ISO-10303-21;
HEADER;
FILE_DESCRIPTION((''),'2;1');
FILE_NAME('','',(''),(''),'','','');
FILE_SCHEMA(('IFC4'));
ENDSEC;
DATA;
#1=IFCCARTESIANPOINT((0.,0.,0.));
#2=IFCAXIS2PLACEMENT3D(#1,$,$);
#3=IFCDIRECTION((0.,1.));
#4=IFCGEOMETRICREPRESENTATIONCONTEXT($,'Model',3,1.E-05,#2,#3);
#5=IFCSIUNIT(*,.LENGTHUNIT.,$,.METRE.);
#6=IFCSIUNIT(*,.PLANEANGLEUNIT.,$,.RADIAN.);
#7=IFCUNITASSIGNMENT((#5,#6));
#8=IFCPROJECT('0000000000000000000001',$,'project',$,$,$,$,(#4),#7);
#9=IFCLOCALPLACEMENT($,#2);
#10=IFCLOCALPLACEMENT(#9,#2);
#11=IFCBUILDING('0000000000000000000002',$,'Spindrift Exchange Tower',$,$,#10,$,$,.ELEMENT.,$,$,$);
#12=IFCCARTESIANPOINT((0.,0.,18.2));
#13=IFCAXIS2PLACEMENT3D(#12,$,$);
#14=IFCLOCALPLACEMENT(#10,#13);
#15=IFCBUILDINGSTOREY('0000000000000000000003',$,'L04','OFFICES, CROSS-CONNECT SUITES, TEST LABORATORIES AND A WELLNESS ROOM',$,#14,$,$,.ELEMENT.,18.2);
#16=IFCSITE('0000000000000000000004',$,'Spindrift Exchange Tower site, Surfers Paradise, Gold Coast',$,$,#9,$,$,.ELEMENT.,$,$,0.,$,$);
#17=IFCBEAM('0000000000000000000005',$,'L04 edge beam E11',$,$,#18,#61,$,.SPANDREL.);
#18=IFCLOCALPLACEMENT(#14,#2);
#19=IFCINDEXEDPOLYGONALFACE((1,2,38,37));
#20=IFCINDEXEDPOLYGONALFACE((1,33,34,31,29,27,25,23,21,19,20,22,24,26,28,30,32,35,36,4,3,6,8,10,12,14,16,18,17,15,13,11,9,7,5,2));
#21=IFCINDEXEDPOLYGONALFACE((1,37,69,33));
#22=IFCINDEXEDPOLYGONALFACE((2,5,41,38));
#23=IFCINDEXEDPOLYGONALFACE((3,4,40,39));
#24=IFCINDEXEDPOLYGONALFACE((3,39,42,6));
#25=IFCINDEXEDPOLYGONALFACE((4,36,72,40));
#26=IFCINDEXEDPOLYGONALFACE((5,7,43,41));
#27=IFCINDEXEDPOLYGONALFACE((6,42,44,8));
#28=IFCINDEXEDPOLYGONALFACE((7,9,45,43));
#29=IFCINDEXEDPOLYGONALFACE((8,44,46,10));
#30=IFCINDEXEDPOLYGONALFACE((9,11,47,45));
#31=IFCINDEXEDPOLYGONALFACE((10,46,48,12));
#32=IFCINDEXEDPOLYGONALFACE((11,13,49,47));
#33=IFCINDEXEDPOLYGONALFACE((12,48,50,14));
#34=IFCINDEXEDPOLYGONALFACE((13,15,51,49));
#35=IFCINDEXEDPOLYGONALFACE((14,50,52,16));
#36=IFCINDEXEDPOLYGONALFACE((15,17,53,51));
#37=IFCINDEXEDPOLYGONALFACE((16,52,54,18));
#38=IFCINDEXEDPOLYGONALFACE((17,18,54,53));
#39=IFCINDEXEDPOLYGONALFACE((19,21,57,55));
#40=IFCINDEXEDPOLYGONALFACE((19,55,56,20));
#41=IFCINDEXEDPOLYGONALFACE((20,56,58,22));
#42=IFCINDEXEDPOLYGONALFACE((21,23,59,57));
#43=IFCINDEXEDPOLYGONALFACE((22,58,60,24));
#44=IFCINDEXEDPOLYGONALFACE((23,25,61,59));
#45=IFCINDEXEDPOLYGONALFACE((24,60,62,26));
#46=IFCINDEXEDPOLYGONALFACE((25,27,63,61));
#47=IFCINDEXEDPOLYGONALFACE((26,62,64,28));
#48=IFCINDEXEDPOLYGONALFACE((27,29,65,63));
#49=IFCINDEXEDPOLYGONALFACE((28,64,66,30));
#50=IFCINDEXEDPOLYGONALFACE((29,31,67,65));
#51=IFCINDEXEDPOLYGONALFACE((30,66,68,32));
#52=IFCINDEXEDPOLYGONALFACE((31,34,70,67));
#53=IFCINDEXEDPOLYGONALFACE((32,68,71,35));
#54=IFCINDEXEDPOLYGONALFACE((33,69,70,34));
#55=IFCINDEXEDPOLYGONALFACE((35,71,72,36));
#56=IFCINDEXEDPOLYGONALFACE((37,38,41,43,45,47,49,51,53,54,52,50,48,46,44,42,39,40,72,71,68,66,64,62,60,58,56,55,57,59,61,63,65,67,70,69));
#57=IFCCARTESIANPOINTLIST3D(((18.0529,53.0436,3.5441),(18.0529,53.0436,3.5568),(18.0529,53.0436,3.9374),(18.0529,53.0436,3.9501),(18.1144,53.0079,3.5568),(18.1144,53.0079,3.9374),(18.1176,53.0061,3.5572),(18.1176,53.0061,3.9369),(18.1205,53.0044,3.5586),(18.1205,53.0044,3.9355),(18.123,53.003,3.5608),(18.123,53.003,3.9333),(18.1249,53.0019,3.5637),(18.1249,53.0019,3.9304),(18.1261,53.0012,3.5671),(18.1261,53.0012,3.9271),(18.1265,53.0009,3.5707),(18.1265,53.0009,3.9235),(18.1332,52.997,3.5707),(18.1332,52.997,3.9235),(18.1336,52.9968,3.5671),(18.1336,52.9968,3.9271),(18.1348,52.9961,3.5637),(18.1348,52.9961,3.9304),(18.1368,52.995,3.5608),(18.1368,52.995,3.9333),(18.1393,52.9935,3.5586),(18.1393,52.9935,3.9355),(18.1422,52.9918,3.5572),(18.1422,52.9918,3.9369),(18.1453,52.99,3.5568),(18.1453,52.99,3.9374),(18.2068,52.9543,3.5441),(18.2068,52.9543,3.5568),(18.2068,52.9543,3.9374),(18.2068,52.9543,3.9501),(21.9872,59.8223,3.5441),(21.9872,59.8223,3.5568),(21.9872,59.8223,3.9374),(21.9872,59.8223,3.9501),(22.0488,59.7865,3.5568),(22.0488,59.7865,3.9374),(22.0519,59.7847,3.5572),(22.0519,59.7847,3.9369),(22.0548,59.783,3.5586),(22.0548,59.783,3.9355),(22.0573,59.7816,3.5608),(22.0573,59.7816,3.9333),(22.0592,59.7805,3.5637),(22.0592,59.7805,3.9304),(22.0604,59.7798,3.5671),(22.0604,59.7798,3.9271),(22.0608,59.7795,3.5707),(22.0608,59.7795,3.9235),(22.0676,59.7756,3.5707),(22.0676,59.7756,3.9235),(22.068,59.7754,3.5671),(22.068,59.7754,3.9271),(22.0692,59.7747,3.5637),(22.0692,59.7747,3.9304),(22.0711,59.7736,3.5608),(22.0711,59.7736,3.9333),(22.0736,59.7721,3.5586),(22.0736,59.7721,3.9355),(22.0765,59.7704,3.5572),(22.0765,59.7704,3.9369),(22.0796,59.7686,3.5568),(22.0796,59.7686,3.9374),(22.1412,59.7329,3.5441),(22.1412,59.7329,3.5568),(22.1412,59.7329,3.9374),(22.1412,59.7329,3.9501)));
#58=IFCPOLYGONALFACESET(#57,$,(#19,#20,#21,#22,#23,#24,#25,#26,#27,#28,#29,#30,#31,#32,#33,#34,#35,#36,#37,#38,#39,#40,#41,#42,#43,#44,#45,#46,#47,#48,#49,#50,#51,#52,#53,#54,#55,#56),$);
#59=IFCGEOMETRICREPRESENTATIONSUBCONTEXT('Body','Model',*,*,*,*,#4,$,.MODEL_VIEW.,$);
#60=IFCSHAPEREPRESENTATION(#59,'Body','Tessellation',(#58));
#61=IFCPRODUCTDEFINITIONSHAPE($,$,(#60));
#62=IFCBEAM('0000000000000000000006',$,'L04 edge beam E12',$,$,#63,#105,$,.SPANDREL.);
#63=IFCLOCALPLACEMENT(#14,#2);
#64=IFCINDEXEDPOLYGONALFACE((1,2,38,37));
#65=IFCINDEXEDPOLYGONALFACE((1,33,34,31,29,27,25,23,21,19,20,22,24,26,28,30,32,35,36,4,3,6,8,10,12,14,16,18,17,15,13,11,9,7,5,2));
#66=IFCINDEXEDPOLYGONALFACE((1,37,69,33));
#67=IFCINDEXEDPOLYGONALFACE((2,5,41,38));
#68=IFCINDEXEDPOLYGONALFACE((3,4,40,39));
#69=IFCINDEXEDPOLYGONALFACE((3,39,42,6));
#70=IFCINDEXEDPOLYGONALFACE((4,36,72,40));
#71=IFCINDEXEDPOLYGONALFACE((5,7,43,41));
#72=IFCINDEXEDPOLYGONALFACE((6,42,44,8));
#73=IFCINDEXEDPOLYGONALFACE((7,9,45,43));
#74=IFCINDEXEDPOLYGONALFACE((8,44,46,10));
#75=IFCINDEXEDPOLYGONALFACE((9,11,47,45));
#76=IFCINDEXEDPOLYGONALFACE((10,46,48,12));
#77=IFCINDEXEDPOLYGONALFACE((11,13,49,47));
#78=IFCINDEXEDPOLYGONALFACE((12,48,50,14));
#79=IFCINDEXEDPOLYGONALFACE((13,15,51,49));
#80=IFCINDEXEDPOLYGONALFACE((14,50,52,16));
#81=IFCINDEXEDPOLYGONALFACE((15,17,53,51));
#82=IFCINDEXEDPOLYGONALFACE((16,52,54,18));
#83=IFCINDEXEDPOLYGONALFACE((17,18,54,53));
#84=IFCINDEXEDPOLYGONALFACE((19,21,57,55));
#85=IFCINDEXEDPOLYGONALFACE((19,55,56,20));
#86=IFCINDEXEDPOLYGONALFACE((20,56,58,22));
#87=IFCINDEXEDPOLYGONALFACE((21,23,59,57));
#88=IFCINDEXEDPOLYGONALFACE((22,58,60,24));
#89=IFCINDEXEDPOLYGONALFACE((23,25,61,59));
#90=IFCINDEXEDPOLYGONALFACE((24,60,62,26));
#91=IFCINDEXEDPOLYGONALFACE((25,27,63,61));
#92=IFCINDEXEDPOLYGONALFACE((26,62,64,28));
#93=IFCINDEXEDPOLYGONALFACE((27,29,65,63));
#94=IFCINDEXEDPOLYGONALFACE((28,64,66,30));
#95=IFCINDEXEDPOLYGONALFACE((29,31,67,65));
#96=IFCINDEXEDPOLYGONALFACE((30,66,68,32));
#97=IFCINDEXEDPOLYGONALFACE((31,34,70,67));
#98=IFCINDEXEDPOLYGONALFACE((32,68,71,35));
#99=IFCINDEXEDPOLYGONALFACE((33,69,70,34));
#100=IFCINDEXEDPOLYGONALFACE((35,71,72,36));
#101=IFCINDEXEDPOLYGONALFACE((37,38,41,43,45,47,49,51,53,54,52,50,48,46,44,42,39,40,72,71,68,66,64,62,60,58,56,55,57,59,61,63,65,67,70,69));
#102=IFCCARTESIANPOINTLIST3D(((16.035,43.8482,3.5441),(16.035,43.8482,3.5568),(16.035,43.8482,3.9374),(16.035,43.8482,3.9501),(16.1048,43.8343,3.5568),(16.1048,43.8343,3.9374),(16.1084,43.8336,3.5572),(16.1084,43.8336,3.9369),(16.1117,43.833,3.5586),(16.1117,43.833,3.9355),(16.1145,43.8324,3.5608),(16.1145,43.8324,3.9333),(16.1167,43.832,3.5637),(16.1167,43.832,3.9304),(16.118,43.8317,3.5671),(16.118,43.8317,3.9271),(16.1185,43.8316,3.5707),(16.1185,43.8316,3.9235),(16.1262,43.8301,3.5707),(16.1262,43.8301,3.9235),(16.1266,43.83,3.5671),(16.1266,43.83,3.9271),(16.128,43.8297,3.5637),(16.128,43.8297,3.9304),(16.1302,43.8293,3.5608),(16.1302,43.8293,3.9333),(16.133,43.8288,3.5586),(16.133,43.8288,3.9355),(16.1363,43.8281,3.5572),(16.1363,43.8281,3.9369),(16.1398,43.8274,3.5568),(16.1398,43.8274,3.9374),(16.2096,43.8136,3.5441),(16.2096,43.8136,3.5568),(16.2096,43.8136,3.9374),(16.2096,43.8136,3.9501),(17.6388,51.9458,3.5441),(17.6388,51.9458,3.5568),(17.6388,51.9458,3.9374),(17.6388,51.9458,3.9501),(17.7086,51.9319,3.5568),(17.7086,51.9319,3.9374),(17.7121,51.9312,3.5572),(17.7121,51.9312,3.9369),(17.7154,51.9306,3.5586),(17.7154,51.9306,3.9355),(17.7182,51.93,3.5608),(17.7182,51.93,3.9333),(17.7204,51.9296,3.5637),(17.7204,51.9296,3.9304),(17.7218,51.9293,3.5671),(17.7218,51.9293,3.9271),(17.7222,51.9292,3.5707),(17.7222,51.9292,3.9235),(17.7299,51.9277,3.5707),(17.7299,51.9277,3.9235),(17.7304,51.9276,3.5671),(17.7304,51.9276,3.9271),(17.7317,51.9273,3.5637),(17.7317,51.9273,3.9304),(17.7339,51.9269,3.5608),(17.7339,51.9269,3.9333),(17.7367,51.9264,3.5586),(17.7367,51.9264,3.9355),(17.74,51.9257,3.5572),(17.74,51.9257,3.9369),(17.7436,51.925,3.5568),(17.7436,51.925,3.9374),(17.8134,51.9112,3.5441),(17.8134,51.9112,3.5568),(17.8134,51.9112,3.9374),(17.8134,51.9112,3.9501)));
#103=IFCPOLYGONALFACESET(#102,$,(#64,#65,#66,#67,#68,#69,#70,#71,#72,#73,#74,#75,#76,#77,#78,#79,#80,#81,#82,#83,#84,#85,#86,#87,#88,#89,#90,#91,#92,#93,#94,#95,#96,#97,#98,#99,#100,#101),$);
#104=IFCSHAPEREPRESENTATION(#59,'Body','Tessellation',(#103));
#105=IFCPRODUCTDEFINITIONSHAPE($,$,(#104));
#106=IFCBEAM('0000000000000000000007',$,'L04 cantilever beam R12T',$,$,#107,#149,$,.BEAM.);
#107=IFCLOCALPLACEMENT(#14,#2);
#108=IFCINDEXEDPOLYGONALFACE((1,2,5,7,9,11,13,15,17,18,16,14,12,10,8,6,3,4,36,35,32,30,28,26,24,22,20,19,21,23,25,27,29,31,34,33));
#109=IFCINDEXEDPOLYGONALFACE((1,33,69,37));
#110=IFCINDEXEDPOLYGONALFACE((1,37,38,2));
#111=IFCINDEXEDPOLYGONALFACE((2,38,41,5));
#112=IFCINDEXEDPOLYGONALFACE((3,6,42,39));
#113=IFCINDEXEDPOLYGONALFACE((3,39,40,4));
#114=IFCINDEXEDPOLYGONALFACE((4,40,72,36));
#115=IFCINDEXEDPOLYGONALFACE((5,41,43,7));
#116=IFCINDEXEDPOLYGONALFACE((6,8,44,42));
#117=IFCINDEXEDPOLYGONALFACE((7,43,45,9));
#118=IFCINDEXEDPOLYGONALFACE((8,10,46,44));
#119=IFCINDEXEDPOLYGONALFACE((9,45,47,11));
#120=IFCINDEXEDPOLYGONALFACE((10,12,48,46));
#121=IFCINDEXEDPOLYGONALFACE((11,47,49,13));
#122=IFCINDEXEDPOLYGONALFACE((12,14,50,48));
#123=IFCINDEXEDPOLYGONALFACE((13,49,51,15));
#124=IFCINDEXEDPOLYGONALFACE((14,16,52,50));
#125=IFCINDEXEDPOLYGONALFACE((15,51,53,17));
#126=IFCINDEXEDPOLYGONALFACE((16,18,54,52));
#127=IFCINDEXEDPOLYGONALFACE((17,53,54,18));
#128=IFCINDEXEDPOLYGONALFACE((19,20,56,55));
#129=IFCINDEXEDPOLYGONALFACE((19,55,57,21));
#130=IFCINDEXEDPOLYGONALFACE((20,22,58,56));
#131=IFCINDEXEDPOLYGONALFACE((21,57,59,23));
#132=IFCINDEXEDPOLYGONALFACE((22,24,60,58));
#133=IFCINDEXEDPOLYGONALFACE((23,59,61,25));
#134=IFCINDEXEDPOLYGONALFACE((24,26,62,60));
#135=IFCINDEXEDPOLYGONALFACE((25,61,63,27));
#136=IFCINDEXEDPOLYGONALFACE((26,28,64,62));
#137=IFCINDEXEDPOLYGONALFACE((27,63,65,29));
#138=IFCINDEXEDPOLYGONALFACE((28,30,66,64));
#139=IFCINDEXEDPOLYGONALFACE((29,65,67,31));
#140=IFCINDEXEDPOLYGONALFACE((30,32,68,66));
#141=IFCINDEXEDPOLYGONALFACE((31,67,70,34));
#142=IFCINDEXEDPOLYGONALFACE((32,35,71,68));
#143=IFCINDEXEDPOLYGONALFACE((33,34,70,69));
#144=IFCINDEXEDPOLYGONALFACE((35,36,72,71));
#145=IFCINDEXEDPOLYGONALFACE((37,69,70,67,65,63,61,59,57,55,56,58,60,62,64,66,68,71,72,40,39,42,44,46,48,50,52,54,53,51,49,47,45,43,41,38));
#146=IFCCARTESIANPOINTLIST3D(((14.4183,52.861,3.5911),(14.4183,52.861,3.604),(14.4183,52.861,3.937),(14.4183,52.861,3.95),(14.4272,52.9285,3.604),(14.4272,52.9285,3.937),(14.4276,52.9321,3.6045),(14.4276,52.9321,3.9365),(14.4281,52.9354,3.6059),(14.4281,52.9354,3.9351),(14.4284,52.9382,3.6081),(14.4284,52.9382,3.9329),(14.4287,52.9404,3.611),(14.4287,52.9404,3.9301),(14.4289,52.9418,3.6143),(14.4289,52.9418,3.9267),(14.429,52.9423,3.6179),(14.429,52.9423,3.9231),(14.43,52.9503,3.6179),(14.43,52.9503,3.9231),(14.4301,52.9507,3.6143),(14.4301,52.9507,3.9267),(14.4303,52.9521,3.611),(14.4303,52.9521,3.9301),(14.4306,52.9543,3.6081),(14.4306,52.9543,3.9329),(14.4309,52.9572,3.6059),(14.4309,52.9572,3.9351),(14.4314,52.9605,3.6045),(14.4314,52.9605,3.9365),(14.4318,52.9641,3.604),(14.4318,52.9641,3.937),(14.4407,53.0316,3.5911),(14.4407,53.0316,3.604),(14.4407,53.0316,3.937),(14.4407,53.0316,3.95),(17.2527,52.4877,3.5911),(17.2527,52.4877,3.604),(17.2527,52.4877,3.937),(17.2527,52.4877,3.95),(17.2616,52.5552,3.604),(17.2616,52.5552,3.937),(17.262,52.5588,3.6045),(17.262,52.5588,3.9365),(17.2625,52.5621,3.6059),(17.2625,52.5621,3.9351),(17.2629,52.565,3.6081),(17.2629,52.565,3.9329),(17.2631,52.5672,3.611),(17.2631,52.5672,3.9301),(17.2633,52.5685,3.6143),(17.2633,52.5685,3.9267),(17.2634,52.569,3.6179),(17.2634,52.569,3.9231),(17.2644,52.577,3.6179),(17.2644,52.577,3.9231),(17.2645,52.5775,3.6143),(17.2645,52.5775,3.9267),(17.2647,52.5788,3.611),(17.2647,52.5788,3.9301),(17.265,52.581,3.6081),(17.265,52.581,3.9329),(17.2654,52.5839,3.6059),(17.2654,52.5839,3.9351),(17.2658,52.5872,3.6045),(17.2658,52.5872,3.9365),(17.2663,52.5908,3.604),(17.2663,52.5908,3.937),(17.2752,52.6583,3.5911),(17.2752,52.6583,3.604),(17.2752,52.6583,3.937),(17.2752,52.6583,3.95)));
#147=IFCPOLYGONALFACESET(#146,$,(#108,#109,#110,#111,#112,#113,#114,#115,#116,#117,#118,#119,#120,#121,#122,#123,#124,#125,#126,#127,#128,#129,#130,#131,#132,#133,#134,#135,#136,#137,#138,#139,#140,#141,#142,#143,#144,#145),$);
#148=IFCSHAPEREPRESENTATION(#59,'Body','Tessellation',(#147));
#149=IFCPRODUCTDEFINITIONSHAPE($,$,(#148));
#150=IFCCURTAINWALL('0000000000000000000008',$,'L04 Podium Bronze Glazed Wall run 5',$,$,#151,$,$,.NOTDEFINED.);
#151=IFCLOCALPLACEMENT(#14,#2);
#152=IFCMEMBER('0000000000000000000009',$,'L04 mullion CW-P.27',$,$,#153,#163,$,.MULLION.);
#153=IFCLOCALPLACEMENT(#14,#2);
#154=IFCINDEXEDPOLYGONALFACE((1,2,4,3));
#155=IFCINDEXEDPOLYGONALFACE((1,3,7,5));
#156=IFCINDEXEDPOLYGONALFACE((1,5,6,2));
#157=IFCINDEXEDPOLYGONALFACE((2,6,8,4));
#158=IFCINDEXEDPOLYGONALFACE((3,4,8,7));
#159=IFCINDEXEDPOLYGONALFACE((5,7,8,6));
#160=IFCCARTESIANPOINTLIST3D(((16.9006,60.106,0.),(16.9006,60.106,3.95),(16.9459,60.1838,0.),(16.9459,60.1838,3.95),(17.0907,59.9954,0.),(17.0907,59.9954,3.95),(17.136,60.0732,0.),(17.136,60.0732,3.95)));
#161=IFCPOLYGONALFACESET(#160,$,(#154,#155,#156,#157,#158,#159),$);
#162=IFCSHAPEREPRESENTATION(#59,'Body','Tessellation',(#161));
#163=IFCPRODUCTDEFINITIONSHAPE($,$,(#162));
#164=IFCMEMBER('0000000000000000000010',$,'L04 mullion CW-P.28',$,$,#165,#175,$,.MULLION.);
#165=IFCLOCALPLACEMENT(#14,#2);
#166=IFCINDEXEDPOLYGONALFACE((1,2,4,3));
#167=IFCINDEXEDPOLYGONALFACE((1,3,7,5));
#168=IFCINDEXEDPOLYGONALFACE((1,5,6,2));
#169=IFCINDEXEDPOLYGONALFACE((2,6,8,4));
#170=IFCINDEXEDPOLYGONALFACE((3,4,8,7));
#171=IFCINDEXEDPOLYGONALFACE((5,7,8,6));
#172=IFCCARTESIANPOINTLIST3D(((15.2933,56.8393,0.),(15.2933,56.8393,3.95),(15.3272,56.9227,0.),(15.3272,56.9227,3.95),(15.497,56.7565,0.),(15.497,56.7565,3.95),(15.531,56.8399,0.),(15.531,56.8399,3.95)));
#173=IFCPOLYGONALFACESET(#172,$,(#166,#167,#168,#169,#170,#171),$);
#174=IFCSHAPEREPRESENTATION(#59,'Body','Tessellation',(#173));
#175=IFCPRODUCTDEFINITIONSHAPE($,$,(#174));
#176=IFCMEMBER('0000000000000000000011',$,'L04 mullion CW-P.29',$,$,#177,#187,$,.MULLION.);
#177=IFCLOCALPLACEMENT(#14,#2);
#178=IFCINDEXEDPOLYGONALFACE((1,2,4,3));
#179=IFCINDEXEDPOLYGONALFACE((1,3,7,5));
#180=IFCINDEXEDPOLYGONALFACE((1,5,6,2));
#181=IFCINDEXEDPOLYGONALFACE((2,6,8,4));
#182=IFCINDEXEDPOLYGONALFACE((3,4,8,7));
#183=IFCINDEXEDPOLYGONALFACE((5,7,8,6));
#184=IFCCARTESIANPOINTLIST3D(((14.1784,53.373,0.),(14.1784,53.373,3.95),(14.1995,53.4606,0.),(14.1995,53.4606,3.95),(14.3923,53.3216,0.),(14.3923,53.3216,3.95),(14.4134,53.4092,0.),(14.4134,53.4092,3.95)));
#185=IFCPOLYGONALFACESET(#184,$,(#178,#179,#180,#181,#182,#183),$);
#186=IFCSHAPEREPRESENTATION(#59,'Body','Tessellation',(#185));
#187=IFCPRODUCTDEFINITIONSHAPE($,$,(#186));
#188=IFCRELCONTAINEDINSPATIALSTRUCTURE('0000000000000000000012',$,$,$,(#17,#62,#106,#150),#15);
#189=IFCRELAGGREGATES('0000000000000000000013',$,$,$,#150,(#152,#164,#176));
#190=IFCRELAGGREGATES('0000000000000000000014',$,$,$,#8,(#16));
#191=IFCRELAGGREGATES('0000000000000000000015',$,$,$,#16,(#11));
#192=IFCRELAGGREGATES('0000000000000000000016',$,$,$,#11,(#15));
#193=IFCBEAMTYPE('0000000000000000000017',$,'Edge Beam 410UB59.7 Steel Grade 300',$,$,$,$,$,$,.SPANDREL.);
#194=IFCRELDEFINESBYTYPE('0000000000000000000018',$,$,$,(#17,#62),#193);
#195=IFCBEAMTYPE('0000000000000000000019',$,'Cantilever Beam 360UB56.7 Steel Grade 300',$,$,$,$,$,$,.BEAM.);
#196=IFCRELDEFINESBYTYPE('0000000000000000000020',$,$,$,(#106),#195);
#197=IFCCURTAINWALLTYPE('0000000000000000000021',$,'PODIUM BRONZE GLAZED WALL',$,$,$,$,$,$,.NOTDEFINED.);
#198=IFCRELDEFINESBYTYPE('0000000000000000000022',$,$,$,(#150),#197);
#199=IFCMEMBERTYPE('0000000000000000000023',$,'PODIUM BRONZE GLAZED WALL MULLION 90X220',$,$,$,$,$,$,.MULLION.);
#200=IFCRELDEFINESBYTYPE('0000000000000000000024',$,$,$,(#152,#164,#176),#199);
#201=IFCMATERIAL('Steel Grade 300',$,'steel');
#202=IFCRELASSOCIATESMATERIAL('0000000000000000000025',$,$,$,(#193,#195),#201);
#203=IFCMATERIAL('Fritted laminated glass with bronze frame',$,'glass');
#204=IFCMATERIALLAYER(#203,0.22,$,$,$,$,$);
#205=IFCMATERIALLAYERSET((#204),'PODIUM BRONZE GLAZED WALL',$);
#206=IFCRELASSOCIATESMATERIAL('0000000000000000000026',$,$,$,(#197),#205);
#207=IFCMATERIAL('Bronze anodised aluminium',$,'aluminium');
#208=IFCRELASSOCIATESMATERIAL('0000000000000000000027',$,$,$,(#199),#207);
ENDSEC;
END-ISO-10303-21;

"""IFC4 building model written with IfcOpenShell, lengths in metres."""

from ifc_helpers import new_model, si_unit, direction, frame, origin, origin_2d, place, context, subcontext, project, spatial, rectangle, i_section, extrude, source, transform, mapped, material, layer, layer_set, material_profile, profile_set, type_object, element, aggregate, save


model = new_model("IFC4")

# Units and contexts
model_context = context("Model", 3, precision=1e-05, world=origin(), true_north=direction((0.0, 1.0)))
body_context = subcontext(model_context, "Body", "Model", "MODEL_VIEW")
ifc_project = project(units=[si_unit("LENGTHUNIT", "METRE"), si_unit("PLANEANGLEUNIT", "RADIAN")], contexts=[model_context])

# Site, building, storey
site_placement = place(None, origin())
site = spatial("IfcSite", under=ifc_project, at=site_placement, Name="Spindrift Exchange Tower site, Surfers Paradise, Gold Coast", CompositionType="ELEMENT", RefElevation=0.0)
building_placement = place(site_placement, origin())
building = spatial("IfcBuilding", under=site, at=building_placement, Name="Spindrift Exchange Tower", CompositionType="ELEMENT")
storey_placement = place(building_placement, frame((0.0, 0.0, 18.2)))
storey = spatial("IfcBuildingStorey", under=building, at=storey_placement, Name="L04", Description="OFFICES, CROSS-CONNECT SUITES, TEST LABORATORIES AND A WELLNESS ROOM", CompositionType="ELEMENT", Elevation=18.2)

# Beams
ifc_material_1 = material(Name="Steel Grade 300", Category="steel")
ifc_material_profile_1 = material_profile(ifc_material_1, i_section(OverallWidth=0.178, OverallDepth=0.406, WebThickness=0.0078, FlangeThickness=0.0127, FilletRadius=0.0139, at=origin_2d()), Name="410UB59.7")
ifc_profile_set_1 = profile_set([ifc_material_profile_1], Name="Steel Grade 300")
beam_type_1 = type_object("IfcBeamType", Name="Edge Beam 410UB59.7 Steel Grade 300", PredefinedType="SPANDREL", material=ifc_profile_set_1)
shared_shape_1 = source(origin(), body_context, "Body", "SweptSolid", [
    extrude(i_section(OverallWidth=0.178, OverallDepth=0.406, WebThickness=0.0078, FlangeThickness=0.0127, FilletRadius=0.0139, at=origin_2d()), origin(), (0.0, 0.0, 1.0), 7.8376),
])
beam_1_placement = place(storey_placement, frame((22.0642, 59.7776, 3.7471), z_axis=(-0.501981, -0.864878, 0.0), x_axis=(0.864878, -0.501981, 0.0)))
element("IfcBeam", 1, at=beam_1_placement, inside=storey, type_object=beam_type_1, Name="L04 edge beam E11", PredefinedType="SPANDREL", context=body_context, shape_type="MappedRepresentation", body=[
    mapped(shared_shape_1, transform((0.0, 0.0, 0.0), scale=1.0)),
])
shared_shape_2 = source(origin(), body_context, "Body", "SweptSolid", [
    extrude(i_section(OverallWidth=0.178, OverallDepth=0.406, WebThickness=0.0078, FlangeThickness=0.0127, FilletRadius=0.0139, at=origin_2d()), origin(), (0.0, 0.0, 1.0), 8.2549),
])
beam_2_placement = place(storey_placement, frame((17.7261, 51.9285, 3.7471), z_axis=(-0.194279, -0.980946, 0.0), x_axis=(0.980946, -0.194279, 0.0)))
element("IfcBeam", 2, at=beam_2_placement, inside=storey, type_object=beam_type_1, Name="L04 edge beam E12", PredefinedType="SPANDREL", context=body_context, shape_type="MappedRepresentation", body=[
    mapped(shared_shape_2, transform((0.0, 0.0, 0.0), scale=1.0)),
])
ifc_material_profile_2 = material_profile(ifc_material_1, i_section(OverallWidth=0.1721, OverallDepth=0.3589, WebThickness=0.0081, FlangeThickness=0.0129, FilletRadius=0.0139, at=origin_2d()), Name="360UB56.7")
ifc_profile_set_2 = profile_set([ifc_material_profile_2], Name="Steel Grade 300")
beam_type_2 = type_object("IfcBeamType", Name="Cantilever Beam 360UB56.7 Steel Grade 300", PredefinedType="BEAM", material=ifc_profile_set_2)
shared_shape_3 = source(origin(), body_context, "Body", "SweptSolid", [
    extrude(i_section(OverallWidth=0.1721, OverallDepth=0.3589, WebThickness=0.0081, FlangeThickness=0.0129, FilletRadius=0.0139, at=origin_2d()), origin(), (0.0, 0.0, 1.0), 2.8589),
])
beam_3_placement = place(storey_placement, frame((17.2639, 52.573, 3.7705), z_axis=(-0.991439, 0.130569, 0.0), x_axis=(-0.130569, -0.991439, 0.0)))
element("IfcBeam", 3, at=beam_3_placement, inside=storey, type_object=beam_type_2, Name="L04 cantilever beam R12T", PredefinedType="BEAM", context=body_context, shape_type="MappedRepresentation", body=[
    mapped(shared_shape_3, transform((0.0, 0.0, 0.0), scale=1.0)),
])

# Curtain wall, members
ifc_material_2 = material(Name="Fritted laminated glass with bronze frame", Category="glass")
ifc_layer_1 = layer(ifc_material_2, 0.22)
ifc_layer_set_1 = layer_set([ifc_layer_1], Name="PODIUM BRONZE GLAZED WALL")
curtain_wall_type = type_object("IfcCurtainWallType", Name="PODIUM BRONZE GLAZED WALL", PredefinedType="NOTDEFINED", material=ifc_layer_set_1)
curtain_wall_placement = place(storey_placement, origin())
curtain_wall = element("IfcCurtainWall", 4, at=curtain_wall_placement, inside=storey, type_object=curtain_wall_type, Name="L04 Podium Bronze Glazed Wall run 5", PredefinedType="NOTDEFINED")
ifc_material_3 = material(Name="Bronze anodised aluminium", Category="aluminium")
ifc_material_profile_3 = material_profile(ifc_material_3, rectangle(XDim=0.0901, YDim=0.22, at=origin_2d()), Name="PODIUM BRONZE GLAZED WALL MULLION 90X220")
ifc_profile_set_3 = profile_set([ifc_material_profile_3], Name="Bronze anodised aluminium")
member_type_1 = type_object("IfcMemberType", Name="PODIUM BRONZE GLAZED WALL MULLION 90X220", PredefinedType="MULLION", material=ifc_profile_set_3)
shared_shape_4 = source(origin(), body_context, "Body", "SweptSolid", [
    extrude(rectangle(XDim=0.0901, YDim=0.22, at=origin_2d()), origin(), (0.0, 0.0, 1.0), 3.95),
])
member_1_placement = place(storey_placement, frame((17.0183, 60.0896, 0.0), z_axis=(0.0, 0.0, 1.0), x_axis=(-0.502772, -0.864419, 0.0)))
member_1 = element("IfcMember", 5, at=member_1_placement, type_object=member_type_1, Name="L04 mullion CW-P.27", PredefinedType="MULLION", context=body_context, shape_type="MappedRepresentation", body=[
    mapped(shared_shape_4, transform((0.0, 0.0, 0.0), scale=1.0)),
])
member_2_placement = place(storey_placement, frame((15.4121, 56.8396, 0.0), z_axis=(0.0, 0.0, 1.0), x_axis=(-0.376527, -0.926406, 0.0)))
member_2 = element("IfcMember", 6, at=member_2_placement, type_object=member_type_1, Name="L04 mullion CW-P.28", PredefinedType="MULLION", context=body_context, shape_type="MappedRepresentation", body=[
    mapped(shared_shape_4, transform((0.0, 0.0, 0.0), scale=1.0)),
])
member_3_placement = place(storey_placement, frame((14.2959, 53.3911, 0.0), z_axis=(0.0, 0.0, 1.0), x_axis=(-0.233791, -0.972287, 0.0)))
member_3 = element("IfcMember", 7, at=member_3_placement, type_object=member_type_1, Name="L04 mullion CW-P.29", PredefinedType="MULLION", context=body_context, shape_type="MappedRepresentation", body=[
    mapped(shared_shape_4, transform((0.0, 0.0, 0.0), scale=1.0)),
])
aggregate(curtain_wall, [member_1, member_2, member_3])

save(model, "model.ifc")
